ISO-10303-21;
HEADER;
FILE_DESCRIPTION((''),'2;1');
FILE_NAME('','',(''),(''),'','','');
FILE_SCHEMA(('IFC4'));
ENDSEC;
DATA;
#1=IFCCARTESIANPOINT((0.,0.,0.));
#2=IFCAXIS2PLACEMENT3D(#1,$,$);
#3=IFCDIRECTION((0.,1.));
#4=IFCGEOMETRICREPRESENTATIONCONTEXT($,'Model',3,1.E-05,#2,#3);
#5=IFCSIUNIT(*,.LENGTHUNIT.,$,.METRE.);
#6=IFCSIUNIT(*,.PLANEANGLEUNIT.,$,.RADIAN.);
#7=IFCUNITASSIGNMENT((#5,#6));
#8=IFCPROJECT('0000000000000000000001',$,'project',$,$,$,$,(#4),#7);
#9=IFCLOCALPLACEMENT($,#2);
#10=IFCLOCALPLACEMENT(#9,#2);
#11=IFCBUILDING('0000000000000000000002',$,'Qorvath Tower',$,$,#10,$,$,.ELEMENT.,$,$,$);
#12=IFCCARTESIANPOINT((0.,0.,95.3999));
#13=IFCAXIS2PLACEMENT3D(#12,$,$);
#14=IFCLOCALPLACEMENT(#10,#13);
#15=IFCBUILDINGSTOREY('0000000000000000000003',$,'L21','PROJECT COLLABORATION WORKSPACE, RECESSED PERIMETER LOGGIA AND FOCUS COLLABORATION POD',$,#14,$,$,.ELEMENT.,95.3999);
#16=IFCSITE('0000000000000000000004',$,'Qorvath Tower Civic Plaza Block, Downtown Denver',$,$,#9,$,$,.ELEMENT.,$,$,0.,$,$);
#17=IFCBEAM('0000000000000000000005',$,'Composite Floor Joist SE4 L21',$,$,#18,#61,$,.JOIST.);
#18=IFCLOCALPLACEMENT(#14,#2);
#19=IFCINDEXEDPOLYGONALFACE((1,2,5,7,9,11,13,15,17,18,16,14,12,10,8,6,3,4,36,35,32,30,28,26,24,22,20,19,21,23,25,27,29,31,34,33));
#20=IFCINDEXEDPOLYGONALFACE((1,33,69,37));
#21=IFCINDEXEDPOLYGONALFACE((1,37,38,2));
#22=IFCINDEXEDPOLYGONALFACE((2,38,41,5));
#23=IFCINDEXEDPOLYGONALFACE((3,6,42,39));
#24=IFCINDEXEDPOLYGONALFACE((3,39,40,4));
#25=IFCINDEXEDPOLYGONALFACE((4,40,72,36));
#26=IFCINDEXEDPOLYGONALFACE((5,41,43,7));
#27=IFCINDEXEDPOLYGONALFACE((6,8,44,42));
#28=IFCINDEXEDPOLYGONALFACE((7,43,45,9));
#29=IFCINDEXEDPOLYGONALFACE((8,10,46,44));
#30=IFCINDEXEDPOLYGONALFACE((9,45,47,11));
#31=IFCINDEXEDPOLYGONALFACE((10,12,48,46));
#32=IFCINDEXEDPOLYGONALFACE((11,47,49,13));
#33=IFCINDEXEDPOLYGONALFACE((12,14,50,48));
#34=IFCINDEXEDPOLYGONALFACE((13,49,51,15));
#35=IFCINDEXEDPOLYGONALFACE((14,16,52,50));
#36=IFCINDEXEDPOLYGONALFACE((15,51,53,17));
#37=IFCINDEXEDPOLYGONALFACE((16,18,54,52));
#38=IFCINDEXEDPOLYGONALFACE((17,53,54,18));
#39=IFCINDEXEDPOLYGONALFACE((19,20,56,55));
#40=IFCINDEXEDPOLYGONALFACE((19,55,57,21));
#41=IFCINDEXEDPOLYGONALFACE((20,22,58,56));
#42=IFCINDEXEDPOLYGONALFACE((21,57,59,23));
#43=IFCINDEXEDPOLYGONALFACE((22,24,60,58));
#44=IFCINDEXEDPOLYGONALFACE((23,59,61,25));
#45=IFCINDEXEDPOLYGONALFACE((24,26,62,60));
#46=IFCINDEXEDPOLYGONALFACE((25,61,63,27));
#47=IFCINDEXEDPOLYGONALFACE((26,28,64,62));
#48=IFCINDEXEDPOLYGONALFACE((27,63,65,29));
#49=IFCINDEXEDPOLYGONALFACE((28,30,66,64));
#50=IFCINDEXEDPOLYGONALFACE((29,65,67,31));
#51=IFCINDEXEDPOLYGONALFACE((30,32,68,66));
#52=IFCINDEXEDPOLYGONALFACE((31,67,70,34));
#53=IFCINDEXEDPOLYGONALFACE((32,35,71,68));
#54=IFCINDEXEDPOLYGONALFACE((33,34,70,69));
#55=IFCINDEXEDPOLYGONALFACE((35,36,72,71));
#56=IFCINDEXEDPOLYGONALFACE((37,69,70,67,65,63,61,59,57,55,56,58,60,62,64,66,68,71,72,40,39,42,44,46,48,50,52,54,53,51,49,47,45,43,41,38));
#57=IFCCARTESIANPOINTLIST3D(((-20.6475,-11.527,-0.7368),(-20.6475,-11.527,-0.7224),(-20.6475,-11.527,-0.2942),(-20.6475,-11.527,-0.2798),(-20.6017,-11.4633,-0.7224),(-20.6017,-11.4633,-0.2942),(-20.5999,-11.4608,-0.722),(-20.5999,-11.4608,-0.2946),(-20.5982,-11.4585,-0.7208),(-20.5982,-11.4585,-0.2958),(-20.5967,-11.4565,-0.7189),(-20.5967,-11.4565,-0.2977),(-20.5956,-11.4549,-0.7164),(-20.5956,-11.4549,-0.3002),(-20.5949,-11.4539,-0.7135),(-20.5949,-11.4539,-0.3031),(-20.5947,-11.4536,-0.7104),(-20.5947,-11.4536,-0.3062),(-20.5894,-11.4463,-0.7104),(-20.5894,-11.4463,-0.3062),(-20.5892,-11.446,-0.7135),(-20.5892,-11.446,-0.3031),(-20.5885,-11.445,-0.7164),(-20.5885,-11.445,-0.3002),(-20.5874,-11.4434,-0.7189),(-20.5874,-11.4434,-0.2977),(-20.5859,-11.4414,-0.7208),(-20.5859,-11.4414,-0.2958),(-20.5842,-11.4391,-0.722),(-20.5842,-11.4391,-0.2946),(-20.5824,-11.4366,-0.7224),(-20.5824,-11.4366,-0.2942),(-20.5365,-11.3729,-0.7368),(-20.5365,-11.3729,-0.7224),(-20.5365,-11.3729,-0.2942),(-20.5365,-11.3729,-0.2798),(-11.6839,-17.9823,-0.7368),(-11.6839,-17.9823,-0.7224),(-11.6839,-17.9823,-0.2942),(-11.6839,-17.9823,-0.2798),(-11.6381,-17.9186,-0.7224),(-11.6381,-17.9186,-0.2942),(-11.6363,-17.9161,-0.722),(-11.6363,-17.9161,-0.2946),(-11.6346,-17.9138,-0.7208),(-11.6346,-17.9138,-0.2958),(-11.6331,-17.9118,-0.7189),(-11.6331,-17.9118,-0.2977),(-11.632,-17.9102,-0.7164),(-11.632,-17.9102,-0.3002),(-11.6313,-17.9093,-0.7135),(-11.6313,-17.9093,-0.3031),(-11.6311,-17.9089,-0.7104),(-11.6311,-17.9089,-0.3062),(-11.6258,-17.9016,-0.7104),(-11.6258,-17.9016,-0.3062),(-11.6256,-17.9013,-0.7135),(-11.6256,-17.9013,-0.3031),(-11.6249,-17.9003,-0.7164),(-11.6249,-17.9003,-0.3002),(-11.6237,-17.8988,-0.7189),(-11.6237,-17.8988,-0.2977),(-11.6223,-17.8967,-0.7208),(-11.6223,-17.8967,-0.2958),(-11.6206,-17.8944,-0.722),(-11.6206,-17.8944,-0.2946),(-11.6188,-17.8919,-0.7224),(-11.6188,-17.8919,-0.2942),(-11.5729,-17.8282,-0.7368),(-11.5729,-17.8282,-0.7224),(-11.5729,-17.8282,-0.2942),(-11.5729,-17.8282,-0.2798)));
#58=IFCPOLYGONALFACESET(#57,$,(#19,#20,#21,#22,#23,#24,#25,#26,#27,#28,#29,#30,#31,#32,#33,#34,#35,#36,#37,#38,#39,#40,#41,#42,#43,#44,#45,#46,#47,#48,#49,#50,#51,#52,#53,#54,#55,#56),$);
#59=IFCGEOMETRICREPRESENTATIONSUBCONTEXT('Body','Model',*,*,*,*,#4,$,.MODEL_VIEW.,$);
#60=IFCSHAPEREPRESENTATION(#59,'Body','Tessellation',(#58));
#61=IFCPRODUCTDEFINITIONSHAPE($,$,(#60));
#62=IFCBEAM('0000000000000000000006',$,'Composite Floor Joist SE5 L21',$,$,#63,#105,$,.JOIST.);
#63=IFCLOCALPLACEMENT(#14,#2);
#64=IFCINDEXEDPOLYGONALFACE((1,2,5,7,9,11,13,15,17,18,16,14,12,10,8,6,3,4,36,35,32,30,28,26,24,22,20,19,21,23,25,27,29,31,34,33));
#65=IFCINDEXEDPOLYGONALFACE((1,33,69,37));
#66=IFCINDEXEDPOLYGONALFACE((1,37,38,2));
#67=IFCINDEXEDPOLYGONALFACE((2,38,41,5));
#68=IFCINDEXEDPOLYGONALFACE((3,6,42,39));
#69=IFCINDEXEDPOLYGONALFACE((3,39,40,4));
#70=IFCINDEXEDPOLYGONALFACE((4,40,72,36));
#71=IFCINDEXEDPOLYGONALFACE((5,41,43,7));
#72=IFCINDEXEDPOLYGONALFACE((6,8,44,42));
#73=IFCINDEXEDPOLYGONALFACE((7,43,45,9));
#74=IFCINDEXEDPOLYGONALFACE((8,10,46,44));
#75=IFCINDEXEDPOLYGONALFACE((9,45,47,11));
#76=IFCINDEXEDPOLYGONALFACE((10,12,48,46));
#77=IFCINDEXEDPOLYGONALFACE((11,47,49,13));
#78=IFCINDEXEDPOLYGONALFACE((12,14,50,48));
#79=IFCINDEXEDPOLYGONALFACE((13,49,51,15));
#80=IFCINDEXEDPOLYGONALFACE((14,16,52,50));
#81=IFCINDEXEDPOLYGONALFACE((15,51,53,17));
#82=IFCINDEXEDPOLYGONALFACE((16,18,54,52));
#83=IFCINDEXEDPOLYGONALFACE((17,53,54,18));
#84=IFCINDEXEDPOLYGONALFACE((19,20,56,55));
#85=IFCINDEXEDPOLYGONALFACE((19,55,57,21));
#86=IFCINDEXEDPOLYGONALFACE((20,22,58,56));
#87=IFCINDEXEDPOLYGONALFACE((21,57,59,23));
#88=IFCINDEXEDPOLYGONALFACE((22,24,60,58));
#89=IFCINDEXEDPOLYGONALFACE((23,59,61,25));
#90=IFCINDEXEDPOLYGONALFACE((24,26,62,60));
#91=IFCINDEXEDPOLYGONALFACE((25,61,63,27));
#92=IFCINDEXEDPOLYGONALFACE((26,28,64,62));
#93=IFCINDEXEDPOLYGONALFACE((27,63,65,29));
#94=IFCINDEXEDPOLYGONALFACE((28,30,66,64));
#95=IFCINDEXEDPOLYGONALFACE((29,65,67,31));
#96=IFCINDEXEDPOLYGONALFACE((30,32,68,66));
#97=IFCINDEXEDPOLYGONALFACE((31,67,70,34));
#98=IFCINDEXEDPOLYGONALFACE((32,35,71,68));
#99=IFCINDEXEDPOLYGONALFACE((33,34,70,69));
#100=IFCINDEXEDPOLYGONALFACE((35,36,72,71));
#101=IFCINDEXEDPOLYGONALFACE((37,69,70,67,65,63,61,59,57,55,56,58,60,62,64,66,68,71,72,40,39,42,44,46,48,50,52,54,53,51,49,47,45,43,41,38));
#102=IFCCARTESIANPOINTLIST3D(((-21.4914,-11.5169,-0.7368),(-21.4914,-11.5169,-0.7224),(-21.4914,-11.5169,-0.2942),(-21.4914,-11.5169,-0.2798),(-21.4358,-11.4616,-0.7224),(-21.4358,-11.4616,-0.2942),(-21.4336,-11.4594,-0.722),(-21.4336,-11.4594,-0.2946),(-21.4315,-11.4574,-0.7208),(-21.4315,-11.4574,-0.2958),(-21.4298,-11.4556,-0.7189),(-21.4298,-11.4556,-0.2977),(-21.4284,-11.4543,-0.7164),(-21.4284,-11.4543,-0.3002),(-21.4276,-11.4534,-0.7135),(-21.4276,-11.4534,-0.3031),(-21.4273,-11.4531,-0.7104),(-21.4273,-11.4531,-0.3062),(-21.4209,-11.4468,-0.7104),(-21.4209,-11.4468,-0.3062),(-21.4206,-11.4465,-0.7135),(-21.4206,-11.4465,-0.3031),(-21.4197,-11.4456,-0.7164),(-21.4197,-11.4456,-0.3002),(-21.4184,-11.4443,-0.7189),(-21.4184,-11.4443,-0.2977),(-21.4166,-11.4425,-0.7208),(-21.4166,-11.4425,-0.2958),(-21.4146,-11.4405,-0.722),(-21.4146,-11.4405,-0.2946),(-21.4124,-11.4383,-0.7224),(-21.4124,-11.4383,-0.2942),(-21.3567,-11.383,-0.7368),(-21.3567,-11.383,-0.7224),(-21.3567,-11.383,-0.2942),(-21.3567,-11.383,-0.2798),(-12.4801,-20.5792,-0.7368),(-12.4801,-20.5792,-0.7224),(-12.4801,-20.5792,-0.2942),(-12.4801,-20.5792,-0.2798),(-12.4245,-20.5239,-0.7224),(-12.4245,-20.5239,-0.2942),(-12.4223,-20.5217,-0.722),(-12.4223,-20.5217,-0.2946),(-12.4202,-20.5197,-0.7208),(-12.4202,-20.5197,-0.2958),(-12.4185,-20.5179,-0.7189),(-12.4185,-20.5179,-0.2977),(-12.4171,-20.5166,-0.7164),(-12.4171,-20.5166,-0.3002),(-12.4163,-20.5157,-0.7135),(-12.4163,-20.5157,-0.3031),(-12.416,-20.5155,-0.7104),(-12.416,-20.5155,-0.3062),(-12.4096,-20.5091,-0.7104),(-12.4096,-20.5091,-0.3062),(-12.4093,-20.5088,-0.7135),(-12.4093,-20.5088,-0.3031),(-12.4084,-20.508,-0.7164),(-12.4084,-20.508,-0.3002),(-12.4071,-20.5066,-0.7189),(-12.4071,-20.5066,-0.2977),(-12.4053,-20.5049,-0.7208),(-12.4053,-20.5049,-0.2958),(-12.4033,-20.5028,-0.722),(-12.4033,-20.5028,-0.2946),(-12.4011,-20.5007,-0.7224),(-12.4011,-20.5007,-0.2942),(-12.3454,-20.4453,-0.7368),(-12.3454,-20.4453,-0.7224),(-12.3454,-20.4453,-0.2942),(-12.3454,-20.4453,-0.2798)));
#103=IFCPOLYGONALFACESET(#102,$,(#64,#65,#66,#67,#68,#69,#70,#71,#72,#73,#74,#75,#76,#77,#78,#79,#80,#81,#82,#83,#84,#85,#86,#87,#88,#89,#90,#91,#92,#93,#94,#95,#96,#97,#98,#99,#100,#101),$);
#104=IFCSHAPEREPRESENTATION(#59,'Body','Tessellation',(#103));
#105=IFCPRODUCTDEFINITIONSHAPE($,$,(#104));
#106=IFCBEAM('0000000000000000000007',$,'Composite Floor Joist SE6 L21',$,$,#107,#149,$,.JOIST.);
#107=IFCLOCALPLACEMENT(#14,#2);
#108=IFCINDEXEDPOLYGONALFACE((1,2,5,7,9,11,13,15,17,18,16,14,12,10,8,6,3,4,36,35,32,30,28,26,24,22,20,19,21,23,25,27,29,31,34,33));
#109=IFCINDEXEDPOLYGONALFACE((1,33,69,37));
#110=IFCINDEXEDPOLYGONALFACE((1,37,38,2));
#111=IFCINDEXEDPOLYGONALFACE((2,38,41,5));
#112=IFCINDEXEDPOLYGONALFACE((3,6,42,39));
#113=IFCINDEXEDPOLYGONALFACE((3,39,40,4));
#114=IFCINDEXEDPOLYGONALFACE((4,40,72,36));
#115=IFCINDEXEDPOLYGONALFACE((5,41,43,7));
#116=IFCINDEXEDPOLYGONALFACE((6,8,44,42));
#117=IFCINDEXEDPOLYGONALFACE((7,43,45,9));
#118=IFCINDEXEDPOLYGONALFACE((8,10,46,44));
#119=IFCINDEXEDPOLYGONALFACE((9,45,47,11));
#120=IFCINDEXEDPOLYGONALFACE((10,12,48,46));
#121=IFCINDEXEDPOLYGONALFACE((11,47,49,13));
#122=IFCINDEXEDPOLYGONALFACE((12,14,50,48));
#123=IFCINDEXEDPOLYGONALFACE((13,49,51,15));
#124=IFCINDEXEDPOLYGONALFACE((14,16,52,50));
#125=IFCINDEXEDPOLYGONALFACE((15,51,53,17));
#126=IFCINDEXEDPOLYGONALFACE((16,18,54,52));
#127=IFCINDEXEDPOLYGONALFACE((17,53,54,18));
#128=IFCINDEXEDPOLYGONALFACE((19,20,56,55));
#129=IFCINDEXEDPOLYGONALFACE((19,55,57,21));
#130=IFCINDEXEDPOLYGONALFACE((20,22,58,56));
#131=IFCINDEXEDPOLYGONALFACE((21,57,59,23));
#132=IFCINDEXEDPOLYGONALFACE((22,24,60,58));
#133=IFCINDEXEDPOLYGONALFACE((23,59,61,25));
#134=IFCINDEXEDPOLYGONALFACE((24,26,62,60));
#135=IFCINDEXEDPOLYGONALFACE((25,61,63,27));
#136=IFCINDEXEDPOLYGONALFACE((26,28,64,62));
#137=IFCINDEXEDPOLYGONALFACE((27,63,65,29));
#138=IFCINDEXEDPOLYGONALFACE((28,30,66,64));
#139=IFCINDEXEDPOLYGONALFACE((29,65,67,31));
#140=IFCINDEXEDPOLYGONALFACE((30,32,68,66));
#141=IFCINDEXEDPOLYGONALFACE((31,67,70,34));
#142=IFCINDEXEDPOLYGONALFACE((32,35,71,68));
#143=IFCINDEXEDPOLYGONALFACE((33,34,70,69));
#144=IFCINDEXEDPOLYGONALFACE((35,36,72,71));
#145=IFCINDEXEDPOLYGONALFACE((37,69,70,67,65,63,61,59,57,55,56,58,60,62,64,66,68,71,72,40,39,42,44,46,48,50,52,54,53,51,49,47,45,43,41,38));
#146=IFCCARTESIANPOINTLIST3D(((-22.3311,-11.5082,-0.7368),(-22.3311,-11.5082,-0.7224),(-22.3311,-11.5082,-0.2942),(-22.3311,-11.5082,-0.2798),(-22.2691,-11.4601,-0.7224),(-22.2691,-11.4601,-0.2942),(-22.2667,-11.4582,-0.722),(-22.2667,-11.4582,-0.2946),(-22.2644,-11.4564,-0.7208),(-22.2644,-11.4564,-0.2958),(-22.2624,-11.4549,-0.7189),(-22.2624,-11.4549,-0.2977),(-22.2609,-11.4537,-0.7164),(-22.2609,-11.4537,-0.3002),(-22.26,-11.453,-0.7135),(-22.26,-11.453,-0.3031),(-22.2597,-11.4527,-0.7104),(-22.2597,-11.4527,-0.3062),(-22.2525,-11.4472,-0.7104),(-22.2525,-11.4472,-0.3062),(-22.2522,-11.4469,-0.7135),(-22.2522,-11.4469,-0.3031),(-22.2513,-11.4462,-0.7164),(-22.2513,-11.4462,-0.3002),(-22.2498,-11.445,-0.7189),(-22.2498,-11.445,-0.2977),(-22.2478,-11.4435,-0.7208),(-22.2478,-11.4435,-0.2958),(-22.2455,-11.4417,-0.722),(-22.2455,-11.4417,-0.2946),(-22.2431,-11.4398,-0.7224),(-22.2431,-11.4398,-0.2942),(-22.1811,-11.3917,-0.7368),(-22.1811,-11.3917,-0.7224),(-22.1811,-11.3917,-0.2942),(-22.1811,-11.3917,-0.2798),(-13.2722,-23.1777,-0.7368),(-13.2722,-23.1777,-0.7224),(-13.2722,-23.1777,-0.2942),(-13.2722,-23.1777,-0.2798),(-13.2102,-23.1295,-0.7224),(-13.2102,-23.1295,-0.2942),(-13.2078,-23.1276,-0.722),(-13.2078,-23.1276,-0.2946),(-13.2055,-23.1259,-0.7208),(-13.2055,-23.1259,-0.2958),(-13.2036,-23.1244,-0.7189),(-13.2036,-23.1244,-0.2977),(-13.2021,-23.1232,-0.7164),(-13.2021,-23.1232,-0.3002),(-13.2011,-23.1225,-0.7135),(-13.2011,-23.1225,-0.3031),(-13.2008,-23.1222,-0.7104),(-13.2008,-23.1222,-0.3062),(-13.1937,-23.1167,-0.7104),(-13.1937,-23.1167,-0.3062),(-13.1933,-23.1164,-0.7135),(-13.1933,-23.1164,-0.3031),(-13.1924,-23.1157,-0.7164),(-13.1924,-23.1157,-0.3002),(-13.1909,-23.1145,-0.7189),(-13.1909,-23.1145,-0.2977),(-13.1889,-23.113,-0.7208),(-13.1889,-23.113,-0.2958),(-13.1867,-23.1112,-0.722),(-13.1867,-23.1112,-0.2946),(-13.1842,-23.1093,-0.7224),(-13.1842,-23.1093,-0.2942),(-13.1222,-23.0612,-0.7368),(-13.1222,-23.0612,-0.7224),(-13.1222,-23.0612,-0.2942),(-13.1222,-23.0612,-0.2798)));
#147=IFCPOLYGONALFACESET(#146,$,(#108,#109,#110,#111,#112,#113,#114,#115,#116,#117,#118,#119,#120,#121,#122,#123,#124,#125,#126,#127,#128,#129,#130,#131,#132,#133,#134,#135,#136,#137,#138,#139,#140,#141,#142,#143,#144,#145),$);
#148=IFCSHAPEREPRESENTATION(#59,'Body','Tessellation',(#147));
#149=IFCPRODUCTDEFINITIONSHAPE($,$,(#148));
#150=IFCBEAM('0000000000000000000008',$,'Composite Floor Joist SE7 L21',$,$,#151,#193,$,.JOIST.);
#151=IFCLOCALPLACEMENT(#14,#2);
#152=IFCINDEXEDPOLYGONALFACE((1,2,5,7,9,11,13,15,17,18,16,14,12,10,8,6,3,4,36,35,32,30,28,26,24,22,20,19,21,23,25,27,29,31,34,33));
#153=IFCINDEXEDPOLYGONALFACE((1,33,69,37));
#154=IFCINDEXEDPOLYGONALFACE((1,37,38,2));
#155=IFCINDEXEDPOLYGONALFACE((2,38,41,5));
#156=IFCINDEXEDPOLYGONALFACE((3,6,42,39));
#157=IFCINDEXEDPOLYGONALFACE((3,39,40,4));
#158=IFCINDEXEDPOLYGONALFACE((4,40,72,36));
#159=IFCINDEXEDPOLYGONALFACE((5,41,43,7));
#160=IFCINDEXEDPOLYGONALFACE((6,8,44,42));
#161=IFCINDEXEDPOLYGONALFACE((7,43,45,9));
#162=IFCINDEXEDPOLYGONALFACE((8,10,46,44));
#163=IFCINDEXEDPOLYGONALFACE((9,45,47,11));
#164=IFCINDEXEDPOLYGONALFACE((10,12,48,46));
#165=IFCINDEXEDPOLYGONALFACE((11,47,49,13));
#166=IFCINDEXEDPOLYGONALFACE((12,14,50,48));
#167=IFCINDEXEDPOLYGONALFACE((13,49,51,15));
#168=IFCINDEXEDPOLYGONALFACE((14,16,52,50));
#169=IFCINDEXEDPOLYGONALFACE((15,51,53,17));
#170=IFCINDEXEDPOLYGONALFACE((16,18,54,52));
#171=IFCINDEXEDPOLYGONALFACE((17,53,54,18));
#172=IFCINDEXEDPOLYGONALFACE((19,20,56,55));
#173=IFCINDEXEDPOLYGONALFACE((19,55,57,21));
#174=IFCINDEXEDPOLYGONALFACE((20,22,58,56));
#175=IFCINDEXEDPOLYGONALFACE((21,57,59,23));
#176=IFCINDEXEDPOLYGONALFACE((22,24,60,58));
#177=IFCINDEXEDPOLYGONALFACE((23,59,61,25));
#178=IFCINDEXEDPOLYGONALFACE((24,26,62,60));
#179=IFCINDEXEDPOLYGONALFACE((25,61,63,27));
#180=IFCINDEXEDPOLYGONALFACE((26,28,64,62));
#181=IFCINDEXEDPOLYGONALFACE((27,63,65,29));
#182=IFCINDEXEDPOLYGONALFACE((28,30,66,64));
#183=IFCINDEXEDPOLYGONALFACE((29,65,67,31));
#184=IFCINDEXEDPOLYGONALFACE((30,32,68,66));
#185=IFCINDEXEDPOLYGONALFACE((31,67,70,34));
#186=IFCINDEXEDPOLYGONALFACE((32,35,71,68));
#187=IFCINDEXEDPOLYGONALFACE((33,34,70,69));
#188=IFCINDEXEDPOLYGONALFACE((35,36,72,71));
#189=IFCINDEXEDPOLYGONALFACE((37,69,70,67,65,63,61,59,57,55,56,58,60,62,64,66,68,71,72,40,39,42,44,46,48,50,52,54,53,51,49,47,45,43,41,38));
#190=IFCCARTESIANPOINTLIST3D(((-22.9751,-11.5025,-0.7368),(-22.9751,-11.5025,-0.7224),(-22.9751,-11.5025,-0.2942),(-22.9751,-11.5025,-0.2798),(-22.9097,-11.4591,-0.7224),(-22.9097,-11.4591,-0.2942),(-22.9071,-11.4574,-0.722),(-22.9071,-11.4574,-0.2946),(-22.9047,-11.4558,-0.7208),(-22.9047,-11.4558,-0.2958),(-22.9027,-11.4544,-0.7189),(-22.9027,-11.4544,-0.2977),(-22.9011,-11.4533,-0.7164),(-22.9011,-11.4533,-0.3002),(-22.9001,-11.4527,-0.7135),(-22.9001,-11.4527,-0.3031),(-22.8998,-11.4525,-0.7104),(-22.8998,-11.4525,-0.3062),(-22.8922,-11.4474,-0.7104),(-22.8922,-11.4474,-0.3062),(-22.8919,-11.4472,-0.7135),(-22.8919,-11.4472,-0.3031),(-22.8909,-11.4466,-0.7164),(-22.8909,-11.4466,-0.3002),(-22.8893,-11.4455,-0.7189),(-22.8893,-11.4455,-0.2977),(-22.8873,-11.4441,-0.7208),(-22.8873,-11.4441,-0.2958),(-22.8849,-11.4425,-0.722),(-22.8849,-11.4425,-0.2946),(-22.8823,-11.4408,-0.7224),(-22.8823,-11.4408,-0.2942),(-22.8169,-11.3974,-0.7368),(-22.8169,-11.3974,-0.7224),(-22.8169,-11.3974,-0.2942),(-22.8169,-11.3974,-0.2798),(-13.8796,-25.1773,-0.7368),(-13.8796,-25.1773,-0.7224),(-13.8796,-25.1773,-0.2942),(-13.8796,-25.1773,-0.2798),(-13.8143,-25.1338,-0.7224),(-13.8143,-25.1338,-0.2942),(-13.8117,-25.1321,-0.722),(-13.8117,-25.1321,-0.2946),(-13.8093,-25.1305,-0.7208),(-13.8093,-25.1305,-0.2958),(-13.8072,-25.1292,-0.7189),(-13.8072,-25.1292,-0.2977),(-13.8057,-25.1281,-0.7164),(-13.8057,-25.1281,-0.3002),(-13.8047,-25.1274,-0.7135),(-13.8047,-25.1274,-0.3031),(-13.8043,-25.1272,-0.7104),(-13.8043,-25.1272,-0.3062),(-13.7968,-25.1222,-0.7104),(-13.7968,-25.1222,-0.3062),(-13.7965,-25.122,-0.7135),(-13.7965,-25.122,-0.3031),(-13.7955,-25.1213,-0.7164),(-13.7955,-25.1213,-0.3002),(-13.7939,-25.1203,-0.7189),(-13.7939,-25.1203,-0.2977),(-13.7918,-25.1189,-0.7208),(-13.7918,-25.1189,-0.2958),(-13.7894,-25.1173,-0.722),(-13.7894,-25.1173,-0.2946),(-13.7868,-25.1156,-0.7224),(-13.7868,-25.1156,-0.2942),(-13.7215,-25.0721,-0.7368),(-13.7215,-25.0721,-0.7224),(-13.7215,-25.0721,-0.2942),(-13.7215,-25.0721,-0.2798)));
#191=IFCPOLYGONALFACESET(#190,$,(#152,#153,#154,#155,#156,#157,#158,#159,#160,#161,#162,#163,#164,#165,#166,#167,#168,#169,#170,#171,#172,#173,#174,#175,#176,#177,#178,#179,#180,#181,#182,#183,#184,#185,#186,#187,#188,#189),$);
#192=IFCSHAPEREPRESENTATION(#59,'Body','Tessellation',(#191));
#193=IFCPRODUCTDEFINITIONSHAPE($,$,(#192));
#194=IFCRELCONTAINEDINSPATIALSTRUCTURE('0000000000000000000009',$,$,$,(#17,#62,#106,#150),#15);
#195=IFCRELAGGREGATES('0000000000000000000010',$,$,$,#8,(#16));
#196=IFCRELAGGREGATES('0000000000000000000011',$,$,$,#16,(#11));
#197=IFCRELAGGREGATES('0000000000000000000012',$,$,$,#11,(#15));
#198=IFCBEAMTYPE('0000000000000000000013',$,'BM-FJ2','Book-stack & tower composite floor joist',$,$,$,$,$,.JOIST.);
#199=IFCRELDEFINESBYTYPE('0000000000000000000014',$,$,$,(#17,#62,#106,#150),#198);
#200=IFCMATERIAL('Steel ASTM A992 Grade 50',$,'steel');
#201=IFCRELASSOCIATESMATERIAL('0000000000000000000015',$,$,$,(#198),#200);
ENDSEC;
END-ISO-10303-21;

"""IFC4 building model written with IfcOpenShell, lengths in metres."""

from ifc_helpers import new_model, si_unit, direction, frame, origin, origin_2d, place, context, subcontext, project, spatial, i_section, extrude, material, material_profile, profile_set, type_object, element, save


model = new_model("IFC4")

# Units and contexts
model_context = context("Model", 3, precision=1e-05, world=origin(), true_north=direction((0.0, 1.0)))
body_context = subcontext(model_context, "Body", "Model", "MODEL_VIEW")
ifc_project = project(units=[si_unit("LENGTHUNIT", "METRE"), si_unit("PLANEANGLEUNIT", "RADIAN")], contexts=[model_context])

# Site, building, storey
site_placement = place(None, origin())
site = spatial("IfcSite", under=ifc_project, at=site_placement, Name="Qorvath Tower Civic Plaza Block, Downtown Denver", CompositionType="ELEMENT", RefElevation=0.0)
building_placement = place(site_placement, origin())
building = spatial("IfcBuilding", under=site, at=building_placement, Name="Qorvath Tower", CompositionType="ELEMENT")
storey_placement = place(building_placement, frame((0.0, 0.0, 95.3999)))
storey = spatial("IfcBuildingStorey", under=building, at=storey_placement, Name="L21", Description="PROJECT COLLABORATION WORKSPACE, RECESSED PERIMETER LOGGIA AND FOCUS COLLABORATION POD", CompositionType="ELEMENT", Elevation=95.3999)

# Beams
ifc_material_1 = material(Name="Steel ASTM A992 Grade 50", Category="steel")
ifc_material_profile_1 = material_profile(ifc_material_1, i_section(OverallWidth=0.1899, OverallDepth=0.457, WebThickness=0.009, FlangeThickness=0.0144, FilletRadius=0.012, at=origin_2d()), Name="W18x50")
ifc_profile_set_1 = profile_set([ifc_material_profile_1], Name="Steel ASTM A992 Grade 50")
beam_type_1 = type_object("IfcBeamType", Name="BM-FJ2", Description="Book-stack & tower composite floor joist", PredefinedType="JOIST", material=ifc_profile_set_1)
beam_1_placement = place(storey_placement, frame((-20.592, -11.45, -0.5083), z_axis=(0.811469, -0.584395, 0.0), x_axis=(0.584395, 0.811469, 0.0)))
element("IfcBeam", 1, at=beam_1_placement, inside=storey, type_object=beam_type_1, Name="Composite Floor Joist SE4 L21", PredefinedType="JOIST", context=body_context, shape_type="SweptSolid", body=[
    extrude(i_section(OverallWidth=0.1899, OverallDepth=0.457, WebThickness=0.009, FlangeThickness=0.0144, FilletRadius=0.012, at=origin_2d()), origin(), (0.0, 0.0, 1.0), 11.0461),
])
beam_2_placement = place(storey_placement, frame((-21.4241, -11.45, -0.5083), z_axis=(0.705108, -0.7091, 0.0), x_axis=(0.7091, 0.705108, 0.0)))
element("IfcBeam", 2, at=beam_2_placement, inside=storey, type_object=beam_type_1, Name="Composite Floor Joist SE5 L21", PredefinedType="JOIST", context=body_context, shape_type="SweptSolid", body=[
    extrude(i_section(OverallWidth=0.1899, OverallDepth=0.457, WebThickness=0.009, FlangeThickness=0.0144, FilletRadius=0.012, at=origin_2d()), origin(), (0.0, 0.0, 1.0), 12.78),
])
beam_3_placement = place(storey_placement, frame((-22.2561, -11.45, -0.5083), z_axis=(0.613207, -0.789922, 0.0), x_axis=(0.789922, 0.613207, 0.0)))
element("IfcBeam", 3, at=beam_3_placement, inside=storey, type_object=beam_type_1, Name="Composite Floor Joist SE6 L21", PredefinedType="JOIST", context=body_context, shape_type="SweptSolid", body=[
    extrude(i_section(OverallWidth=0.1899, OverallDepth=0.457, WebThickness=0.009, FlangeThickness=0.0144, FilletRadius=0.012, at=origin_2d()), origin(), (0.0, 0.0, 1.0), 14.7729),
])
beam_4_placement = place(storey_placement, frame((-22.896, -11.45, -0.5083), z_axis=(0.553811, -0.832642, 0.0), x_axis=(0.832642, 0.553811, 0.0)))
element("IfcBeam", 4, at=beam_4_placement, inside=storey, type_object=beam_type_1, Name="Composite Floor Joist SE7 L21", PredefinedType="JOIST", context=body_context, shape_type="SweptSolid", body=[
    extrude(i_section(OverallWidth=0.1899, OverallDepth=0.457, WebThickness=0.009, FlangeThickness=0.0144, FilletRadius=0.012, at=origin_2d()), origin(), (0.0, 0.0, 1.0), 16.4233),
])

save(model, "model.ifc")
